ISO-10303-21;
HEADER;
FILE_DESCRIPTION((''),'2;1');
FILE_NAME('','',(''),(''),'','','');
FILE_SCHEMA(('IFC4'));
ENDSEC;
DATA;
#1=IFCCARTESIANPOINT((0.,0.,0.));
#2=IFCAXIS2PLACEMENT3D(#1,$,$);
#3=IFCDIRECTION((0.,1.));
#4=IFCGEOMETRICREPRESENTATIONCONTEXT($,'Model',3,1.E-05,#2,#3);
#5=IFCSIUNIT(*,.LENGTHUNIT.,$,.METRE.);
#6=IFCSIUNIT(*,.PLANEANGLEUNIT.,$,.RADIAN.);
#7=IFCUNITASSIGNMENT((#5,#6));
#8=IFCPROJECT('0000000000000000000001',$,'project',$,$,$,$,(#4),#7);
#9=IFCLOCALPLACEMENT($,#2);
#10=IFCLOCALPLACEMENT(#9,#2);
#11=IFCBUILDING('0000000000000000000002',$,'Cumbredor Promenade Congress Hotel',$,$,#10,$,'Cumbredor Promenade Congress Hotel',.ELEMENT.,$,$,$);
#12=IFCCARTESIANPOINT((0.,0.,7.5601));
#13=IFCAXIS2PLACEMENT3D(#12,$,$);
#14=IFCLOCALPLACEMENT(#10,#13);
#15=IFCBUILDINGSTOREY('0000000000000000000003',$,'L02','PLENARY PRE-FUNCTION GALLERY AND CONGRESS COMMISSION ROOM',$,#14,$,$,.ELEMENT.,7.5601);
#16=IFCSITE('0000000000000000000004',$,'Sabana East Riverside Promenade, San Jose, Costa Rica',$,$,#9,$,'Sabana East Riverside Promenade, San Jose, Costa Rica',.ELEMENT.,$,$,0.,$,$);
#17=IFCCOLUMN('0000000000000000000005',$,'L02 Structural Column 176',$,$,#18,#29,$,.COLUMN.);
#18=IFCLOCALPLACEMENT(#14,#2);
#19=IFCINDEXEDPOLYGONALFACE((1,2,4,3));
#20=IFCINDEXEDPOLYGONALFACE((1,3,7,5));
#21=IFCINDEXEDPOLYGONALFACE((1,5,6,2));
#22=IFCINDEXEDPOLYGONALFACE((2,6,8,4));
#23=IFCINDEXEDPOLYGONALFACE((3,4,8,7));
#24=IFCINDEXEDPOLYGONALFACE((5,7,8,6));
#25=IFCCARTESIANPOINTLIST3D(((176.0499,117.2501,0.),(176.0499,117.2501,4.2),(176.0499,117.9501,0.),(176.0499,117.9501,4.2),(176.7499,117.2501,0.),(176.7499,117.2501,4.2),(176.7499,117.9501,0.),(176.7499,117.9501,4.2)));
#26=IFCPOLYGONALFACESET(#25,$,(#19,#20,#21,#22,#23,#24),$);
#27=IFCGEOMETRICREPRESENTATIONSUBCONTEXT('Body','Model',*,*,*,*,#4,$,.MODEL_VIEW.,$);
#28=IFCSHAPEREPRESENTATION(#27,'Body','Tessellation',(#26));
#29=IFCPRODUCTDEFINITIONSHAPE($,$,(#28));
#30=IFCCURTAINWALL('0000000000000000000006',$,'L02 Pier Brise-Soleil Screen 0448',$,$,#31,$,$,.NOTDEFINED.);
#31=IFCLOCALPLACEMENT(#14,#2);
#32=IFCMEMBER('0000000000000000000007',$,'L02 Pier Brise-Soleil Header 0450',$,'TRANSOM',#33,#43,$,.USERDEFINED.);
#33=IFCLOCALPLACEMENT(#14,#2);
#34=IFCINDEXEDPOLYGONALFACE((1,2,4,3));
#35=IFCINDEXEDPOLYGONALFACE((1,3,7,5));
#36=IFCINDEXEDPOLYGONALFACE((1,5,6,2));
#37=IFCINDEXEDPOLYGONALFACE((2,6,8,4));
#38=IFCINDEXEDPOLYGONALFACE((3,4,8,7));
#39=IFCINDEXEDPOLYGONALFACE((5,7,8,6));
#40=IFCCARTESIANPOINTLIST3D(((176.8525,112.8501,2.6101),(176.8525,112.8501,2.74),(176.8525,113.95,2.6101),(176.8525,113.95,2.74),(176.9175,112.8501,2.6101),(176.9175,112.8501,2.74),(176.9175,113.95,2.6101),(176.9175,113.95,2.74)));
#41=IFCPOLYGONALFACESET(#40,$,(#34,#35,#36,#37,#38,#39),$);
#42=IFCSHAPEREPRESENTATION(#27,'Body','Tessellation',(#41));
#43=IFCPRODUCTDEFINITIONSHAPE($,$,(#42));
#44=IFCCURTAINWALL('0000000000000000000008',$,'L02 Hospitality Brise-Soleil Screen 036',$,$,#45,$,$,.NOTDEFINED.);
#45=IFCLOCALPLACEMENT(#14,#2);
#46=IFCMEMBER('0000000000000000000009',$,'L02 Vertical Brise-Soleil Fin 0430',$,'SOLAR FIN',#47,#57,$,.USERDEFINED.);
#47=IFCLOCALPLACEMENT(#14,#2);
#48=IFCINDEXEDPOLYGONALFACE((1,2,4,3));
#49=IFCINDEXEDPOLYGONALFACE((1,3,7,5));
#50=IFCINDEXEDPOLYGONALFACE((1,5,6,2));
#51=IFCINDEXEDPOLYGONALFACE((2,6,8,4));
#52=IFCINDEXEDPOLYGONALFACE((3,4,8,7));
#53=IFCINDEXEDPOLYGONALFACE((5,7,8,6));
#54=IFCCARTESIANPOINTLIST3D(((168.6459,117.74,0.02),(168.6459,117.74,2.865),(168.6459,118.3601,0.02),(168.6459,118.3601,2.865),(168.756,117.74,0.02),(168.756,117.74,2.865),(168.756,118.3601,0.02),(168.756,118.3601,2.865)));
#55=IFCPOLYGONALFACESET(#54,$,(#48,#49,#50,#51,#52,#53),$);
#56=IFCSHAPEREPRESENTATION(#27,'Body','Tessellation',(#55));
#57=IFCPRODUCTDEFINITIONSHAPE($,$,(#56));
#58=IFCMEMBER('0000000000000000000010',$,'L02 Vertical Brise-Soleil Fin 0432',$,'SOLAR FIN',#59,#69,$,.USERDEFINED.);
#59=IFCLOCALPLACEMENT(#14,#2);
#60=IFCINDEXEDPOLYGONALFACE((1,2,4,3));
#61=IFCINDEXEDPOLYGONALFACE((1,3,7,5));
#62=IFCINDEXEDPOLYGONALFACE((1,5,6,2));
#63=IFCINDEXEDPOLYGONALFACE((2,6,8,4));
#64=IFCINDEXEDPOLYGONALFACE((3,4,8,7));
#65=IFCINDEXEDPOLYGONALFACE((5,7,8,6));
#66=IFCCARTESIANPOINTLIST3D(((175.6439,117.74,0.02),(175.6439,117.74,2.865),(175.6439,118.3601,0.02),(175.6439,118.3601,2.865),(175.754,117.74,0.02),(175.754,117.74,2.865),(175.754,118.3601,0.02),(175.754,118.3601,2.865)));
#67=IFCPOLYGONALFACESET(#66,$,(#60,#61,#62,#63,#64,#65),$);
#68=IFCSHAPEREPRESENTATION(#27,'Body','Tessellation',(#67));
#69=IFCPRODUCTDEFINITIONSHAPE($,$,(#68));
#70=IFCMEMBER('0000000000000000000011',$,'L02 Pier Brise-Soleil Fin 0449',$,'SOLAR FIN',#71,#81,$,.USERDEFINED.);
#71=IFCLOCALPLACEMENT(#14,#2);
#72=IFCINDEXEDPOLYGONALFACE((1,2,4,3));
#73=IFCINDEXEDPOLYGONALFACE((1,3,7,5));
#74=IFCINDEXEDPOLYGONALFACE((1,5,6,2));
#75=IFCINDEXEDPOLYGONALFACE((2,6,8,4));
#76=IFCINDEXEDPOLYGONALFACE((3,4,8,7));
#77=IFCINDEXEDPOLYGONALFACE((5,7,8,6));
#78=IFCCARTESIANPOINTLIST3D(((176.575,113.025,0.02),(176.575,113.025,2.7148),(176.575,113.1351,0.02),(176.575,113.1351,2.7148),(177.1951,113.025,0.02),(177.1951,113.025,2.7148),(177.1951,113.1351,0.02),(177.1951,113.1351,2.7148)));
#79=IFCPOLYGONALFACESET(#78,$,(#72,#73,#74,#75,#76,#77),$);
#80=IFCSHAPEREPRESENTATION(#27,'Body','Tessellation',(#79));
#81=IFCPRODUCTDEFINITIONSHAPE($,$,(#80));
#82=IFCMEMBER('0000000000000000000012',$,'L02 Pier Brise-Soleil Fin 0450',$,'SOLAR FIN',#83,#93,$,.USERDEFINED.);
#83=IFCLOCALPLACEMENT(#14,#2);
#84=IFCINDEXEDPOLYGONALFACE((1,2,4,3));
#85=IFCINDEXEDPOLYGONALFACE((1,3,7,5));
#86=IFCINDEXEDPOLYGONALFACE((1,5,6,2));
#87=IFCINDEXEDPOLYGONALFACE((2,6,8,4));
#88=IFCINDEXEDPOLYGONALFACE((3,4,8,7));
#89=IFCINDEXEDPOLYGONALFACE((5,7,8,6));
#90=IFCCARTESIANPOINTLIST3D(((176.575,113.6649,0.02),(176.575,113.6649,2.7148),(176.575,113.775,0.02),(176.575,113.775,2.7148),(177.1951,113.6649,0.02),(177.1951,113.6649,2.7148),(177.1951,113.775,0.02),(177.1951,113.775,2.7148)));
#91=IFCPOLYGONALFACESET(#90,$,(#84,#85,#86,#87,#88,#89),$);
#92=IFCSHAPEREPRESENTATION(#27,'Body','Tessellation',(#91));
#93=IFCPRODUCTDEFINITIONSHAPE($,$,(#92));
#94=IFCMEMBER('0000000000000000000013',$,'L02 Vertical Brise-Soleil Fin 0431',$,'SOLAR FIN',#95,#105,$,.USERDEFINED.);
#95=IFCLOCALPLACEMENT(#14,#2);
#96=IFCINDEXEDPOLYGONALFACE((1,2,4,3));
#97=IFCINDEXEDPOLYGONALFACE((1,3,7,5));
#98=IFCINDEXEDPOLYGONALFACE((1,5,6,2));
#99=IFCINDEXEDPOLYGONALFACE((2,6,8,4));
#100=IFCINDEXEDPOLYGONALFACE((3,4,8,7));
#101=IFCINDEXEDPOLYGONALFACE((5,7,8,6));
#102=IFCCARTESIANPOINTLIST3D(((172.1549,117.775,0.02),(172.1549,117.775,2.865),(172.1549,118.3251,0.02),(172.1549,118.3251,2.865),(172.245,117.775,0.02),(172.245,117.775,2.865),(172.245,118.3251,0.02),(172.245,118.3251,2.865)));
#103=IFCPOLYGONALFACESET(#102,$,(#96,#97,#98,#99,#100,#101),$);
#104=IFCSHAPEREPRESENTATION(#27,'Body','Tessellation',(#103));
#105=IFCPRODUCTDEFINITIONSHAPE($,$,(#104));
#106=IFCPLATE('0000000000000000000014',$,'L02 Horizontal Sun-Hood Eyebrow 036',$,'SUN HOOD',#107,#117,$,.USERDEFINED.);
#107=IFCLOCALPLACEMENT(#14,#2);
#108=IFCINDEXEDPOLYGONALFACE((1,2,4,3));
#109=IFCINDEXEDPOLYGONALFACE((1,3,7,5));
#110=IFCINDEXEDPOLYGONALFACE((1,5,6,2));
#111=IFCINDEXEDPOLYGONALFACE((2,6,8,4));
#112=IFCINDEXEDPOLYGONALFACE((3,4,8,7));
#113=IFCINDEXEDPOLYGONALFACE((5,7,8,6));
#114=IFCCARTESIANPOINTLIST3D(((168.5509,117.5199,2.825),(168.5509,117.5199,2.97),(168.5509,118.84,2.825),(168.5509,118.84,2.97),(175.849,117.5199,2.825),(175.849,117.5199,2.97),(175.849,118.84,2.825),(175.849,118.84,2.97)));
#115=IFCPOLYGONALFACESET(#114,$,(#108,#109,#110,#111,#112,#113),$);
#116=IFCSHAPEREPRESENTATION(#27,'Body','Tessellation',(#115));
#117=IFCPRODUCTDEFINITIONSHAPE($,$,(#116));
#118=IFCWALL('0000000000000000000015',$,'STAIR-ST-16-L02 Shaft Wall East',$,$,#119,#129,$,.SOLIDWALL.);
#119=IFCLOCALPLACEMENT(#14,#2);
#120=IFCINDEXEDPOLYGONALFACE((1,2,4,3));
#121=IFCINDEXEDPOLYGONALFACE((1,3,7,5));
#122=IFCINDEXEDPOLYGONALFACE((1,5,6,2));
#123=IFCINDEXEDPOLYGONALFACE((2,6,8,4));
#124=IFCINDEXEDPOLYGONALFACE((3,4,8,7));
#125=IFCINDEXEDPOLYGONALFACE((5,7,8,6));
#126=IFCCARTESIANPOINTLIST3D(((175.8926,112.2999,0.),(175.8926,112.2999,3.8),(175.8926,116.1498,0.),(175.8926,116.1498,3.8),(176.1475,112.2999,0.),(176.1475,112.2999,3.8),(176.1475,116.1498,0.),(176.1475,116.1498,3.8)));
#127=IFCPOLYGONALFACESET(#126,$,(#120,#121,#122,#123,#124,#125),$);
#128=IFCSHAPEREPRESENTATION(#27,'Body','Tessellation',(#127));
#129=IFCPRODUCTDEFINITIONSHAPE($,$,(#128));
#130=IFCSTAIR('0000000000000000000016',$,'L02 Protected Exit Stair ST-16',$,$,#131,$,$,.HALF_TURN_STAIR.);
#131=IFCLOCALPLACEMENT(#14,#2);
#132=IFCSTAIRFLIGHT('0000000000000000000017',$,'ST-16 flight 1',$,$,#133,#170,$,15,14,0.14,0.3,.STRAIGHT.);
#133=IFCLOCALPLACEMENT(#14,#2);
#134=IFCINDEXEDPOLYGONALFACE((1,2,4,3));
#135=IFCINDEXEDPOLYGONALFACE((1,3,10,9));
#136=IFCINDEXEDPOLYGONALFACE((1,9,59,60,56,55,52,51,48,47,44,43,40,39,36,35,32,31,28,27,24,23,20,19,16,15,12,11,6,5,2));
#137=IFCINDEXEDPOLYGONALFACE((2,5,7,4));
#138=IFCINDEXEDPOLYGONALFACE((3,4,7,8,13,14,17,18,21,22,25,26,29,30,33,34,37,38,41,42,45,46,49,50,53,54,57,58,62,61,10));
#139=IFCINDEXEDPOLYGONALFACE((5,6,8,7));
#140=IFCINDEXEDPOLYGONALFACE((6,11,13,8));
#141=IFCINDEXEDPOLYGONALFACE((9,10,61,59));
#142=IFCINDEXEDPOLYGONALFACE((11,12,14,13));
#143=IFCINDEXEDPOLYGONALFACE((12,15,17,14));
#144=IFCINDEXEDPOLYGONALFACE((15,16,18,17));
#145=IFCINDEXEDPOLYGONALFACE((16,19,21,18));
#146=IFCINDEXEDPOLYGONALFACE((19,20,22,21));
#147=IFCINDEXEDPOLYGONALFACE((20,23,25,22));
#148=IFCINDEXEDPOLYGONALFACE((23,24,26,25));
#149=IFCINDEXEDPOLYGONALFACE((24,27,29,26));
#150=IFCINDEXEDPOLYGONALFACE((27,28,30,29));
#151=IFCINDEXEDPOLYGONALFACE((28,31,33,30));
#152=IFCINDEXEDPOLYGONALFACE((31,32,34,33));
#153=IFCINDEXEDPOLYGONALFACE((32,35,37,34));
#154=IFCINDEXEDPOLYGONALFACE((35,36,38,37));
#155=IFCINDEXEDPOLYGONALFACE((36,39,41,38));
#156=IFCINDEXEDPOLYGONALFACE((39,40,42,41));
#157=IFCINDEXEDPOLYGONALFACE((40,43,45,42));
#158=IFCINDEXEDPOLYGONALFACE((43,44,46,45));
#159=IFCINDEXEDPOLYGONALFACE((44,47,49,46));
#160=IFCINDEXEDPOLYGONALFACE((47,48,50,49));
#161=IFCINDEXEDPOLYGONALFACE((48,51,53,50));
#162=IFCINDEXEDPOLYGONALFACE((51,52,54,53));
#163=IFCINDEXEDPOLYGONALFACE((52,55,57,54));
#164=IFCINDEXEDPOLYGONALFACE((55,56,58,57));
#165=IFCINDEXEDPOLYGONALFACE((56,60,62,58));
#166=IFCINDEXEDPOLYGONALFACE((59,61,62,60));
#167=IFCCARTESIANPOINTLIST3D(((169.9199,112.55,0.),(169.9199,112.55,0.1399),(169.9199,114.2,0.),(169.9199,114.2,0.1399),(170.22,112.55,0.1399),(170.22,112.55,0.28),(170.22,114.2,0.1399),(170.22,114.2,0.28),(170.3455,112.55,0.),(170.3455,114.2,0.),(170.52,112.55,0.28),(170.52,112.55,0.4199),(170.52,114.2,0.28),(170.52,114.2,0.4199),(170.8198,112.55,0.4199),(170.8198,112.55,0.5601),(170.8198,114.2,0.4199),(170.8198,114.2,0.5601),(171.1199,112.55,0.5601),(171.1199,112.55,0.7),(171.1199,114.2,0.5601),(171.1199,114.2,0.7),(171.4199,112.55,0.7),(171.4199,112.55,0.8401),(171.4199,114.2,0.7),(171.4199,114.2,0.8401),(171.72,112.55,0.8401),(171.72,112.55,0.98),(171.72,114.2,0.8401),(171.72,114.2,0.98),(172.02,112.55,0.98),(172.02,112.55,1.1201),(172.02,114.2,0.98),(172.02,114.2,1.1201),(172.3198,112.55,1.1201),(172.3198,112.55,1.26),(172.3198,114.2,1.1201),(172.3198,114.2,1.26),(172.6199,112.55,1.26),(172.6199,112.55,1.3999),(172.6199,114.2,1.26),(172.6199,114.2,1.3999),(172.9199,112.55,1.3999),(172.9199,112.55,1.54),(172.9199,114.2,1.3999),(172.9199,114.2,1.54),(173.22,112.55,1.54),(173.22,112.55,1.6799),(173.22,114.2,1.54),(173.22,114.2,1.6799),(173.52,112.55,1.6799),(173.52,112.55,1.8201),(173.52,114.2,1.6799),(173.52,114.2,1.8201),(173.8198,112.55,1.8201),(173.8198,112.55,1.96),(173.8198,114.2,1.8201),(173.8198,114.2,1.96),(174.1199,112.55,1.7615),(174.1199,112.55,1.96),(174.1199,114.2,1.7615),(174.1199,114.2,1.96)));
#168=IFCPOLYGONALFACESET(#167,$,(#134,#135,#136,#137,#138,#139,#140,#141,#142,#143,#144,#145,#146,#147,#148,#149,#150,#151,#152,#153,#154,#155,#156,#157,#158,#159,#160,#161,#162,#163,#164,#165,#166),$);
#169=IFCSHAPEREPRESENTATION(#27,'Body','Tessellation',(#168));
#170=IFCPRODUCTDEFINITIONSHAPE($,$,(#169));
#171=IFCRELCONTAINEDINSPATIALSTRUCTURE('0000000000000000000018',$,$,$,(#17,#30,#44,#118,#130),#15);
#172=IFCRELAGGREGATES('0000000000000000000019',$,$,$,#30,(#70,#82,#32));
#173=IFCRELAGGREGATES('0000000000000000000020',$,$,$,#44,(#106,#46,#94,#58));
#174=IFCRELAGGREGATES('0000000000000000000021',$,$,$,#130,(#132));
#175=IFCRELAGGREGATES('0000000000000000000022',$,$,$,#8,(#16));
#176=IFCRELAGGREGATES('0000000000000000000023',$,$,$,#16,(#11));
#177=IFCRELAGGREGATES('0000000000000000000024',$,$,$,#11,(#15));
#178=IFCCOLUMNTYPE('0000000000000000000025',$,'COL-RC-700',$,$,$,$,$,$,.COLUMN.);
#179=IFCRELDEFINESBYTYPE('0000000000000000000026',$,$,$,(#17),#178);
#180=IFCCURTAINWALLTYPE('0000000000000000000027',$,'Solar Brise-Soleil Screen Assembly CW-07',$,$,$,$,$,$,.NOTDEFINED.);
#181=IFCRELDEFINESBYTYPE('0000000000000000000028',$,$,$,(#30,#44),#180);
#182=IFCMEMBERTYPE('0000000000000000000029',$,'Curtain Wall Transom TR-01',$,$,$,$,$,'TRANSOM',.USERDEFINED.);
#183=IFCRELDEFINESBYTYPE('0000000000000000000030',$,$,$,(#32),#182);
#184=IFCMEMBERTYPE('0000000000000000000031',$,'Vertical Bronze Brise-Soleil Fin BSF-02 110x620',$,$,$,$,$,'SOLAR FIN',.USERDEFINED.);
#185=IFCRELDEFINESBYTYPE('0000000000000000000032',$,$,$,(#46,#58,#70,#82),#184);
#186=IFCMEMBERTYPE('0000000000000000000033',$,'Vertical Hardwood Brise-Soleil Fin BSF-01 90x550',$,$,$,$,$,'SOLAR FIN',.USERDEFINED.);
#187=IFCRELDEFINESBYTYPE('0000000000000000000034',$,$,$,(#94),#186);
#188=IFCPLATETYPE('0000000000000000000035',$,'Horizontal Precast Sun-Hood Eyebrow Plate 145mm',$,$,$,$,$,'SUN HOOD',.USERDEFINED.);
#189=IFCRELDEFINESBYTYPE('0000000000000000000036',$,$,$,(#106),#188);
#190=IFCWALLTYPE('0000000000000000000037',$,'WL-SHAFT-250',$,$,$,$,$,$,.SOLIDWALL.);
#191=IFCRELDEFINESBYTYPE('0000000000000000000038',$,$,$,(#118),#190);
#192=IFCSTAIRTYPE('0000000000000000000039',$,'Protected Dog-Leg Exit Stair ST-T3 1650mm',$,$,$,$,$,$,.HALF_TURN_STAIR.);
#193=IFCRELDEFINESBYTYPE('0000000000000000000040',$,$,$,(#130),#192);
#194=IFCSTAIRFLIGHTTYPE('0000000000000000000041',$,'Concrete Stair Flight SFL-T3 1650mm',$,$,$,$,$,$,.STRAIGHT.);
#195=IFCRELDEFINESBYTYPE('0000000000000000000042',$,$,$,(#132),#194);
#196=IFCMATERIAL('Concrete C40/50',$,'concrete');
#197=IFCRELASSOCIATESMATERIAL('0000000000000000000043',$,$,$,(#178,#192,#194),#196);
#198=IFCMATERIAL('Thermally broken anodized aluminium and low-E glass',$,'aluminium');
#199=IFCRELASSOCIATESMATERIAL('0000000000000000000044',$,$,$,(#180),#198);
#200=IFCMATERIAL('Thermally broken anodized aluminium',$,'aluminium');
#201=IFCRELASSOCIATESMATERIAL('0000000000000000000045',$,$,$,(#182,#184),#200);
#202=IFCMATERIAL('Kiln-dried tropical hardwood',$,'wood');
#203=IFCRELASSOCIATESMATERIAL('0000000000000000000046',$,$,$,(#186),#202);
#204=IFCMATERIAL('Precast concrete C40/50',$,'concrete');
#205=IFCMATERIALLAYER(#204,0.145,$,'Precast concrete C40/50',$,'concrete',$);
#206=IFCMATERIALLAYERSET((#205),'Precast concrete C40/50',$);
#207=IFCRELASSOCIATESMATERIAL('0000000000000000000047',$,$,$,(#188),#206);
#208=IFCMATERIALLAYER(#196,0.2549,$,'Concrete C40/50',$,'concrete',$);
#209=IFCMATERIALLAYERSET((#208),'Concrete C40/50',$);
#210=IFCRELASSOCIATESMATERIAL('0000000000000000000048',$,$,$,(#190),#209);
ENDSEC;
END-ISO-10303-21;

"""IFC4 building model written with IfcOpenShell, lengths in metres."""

from ifc_helpers import new_model, si_unit, direction, frame, frame_2d, origin, origin_2d, place, context, subcontext, project, spatial, polyline, rectangle, outline, extrude, material, layer, layer_set, material_profile, profile_set, type_object, element, aggregate, save


model = new_model("IFC4")

# Units and contexts
model_context = context("Model", 3, precision=1e-05, world=origin(), true_north=direction((0.0, 1.0)))
body_context = subcontext(model_context, "Body", "Model", "MODEL_VIEW")
ifc_project = project(units=[si_unit("LENGTHUNIT", "METRE"), si_unit("PLANEANGLEUNIT", "RADIAN")], contexts=[model_context])

# Site, building, storey
site_placement = place(None, origin())
site = spatial("IfcSite", under=ifc_project, at=site_placement, Name="Sabana East Riverside Promenade, San Jose, Costa Rica", LongName="Sabana East Riverside Promenade, San Jose, Costa Rica", CompositionType="ELEMENT", RefElevation=0.0)
building_placement = place(site_placement, origin())
building = spatial("IfcBuilding", under=site, at=building_placement, Name="Cumbredor Promenade Congress Hotel", LongName="Cumbredor Promenade Congress Hotel", CompositionType="ELEMENT")
storey_placement = place(building_placement, frame((0.0, 0.0, 7.5601)))
storey = spatial("IfcBuildingStorey", under=building, at=storey_placement, Name="L02", Description="PLENARY PRE-FUNCTION GALLERY AND CONGRESS COMMISSION ROOM", CompositionType="ELEMENT", Elevation=7.5601)

# Column
ifc_material_1 = material(Name="Concrete C40/50", Category="concrete")
ifc_material_profile_1 = material_profile(ifc_material_1, rectangle(XDim=0.7, YDim=0.7, at=origin_2d()), Name="RC 700x700")
ifc_profile_set_1 = profile_set([ifc_material_profile_1], Name="Concrete C40/50")
column_type = type_object("IfcColumnType", Name="COL-RC-700", PredefinedType="COLUMN", material=ifc_profile_set_1)
column_placement = place(storey_placement, frame((176.3999, 117.6001, 0.0), z_axis=(0.0, 0.0, 1.0), x_axis=(1.0, 0.0, 0.0)))
element("IfcColumn", 1, at=column_placement, inside=storey, type_object=column_type, Name="L02 Structural Column 176", PredefinedType="COLUMN", context=body_context, shape_type="SweptSolid", body=[
    extrude(rectangle(XDim=0.7, YDim=0.7, at=origin_2d()), origin(), (0.0, 0.0, 1.0), 4.2),
])

# Curtain wall, member
ifc_material_2 = material(Name="Thermally broken anodized aluminium and low-E glass", Category="aluminium")
curtain_wall_type = type_object("IfcCurtainWallType", Name="Solar Brise-Soleil Screen Assembly CW-07", PredefinedType="NOTDEFINED", material=ifc_material_2)
curtain_wall_1_placement = place(storey_placement, origin())
curtain_wall_1 = element("IfcCurtainWall", 2, at=curtain_wall_1_placement, inside=storey, type_object=curtain_wall_type, Name="L02 Pier Brise-Soleil Screen 0448", PredefinedType="NOTDEFINED")
ifc_material_3 = material(Name="Thermally broken anodized aluminium", Category="aluminium")
ifc_material_profile_2 = material_profile(ifc_material_3, rectangle(XDim=0.0649, YDim=0.1299, at=origin_2d()), Name="ALU TRANSOM 65x130")
ifc_profile_set_2 = profile_set([ifc_material_profile_2], Name="Thermally broken anodized aluminium")
member_type_1 = type_object("IfcMemberType", Name="Curtain Wall Transom TR-01", ElementType="TRANSOM", PredefinedType="USERDEFINED", material=ifc_profile_set_2)
member_1_placement = place(storey_placement, frame((176.885, 112.8501, 2.675), z_axis=(0.0, 1.0, 0.0), x_axis=(-1.0, 0.0, 0.0)))
member_1 = element("IfcMember", 3, at=member_1_placement, type_object=member_type_1, Name="L02 Pier Brise-Soleil Header 0450", ObjectType="TRANSOM", PredefinedType="USERDEFINED", context=body_context, shape_type="SweptSolid", body=[
    extrude(rectangle(XDim=0.0649, YDim=0.1299, at=origin_2d()), origin(), (0.0, 0.0, 1.0), 1.0999),
])

# Curtain wall, members
curtain_wall_2_placement = place(storey_placement, origin())
curtain_wall_2 = element("IfcCurtainWall", 4, at=curtain_wall_2_placement, inside=storey, type_object=curtain_wall_type, Name="L02 Hospitality Brise-Soleil Screen 036", PredefinedType="NOTDEFINED")
ifc_material_profile_3 = material_profile(ifc_material_3, rectangle(XDim=0.1101, YDim=0.6201, at=origin_2d()), Name="ARCH FIN 110x620")
ifc_profile_set_3 = profile_set([ifc_material_profile_3], Name="Thermally broken anodized aluminium")
member_type_2 = type_object("IfcMemberType", Name="Vertical Bronze Brise-Soleil Fin BSF-02 110x620", ElementType="SOLAR FIN", PredefinedType="USERDEFINED", material=ifc_profile_set_3)
member_2_placement = place(storey_placement, frame((168.7009, 118.05, 0.02), z_axis=(0.0, 0.0, 1.0), x_axis=(1.0, 0.0, 0.0)))
member_2 = element("IfcMember", 5, at=member_2_placement, type_object=member_type_2, Name="L02 Vertical Brise-Soleil Fin 0430", ObjectType="SOLAR FIN", PredefinedType="USERDEFINED", context=body_context, shape_type="SweptSolid", body=[
    extrude(rectangle(XDim=0.1101, YDim=0.6201, at=origin_2d()), origin(), (0.0, 0.0, 1.0), 2.845),
])
member_3_placement = place(storey_placement, frame((175.699, 118.05, 0.02), z_axis=(0.0, 0.0, 1.0), x_axis=(1.0, 0.0, 0.0)))
member_3 = element("IfcMember", 6, at=member_3_placement, type_object=member_type_2, Name="L02 Vertical Brise-Soleil Fin 0432", ObjectType="SOLAR FIN", PredefinedType="USERDEFINED", context=body_context, shape_type="SweptSolid", body=[
    extrude(rectangle(XDim=0.1101, YDim=0.6201, at=origin_2d()), origin(), (0.0, 0.0, 1.0), 2.845),
])

# Members
member_4_placement = place(storey_placement, frame((176.885, 113.0801, 0.02), z_axis=(0.0, 0.0, 1.0), x_axis=(0.0, 1.0, 0.0)))
member_4 = element("IfcMember", 7, at=member_4_placement, type_object=member_type_2, Name="L02 Pier Brise-Soleil Fin 0449", ObjectType="SOLAR FIN", PredefinedType="USERDEFINED", context=body_context, shape_type="SweptSolid", body=[
    extrude(rectangle(XDim=0.1101, YDim=0.6201, at=origin_2d()), origin(), (0.0, 0.0, 1.0), 2.6948),
])
member_5_placement = place(storey_placement, frame((176.885, 113.72, 0.02), z_axis=(0.0, 0.0, 1.0), x_axis=(0.0, 1.0, 0.0)))
member_5 = element("IfcMember", 8, at=member_5_placement, type_object=member_type_2, Name="L02 Pier Brise-Soleil Fin 0450", ObjectType="SOLAR FIN", PredefinedType="USERDEFINED", context=body_context, shape_type="SweptSolid", body=[
    extrude(rectangle(XDim=0.1101, YDim=0.6201, at=origin_2d()), origin(), (0.0, 0.0, 1.0), 2.6948),
])
aggregate(curtain_wall_1, [member_4, member_5, member_1])
ifc_material_4 = material(Name="Kiln-dried tropical hardwood", Category="wood")
ifc_material_profile_4 = material_profile(ifc_material_4, rectangle(XDim=0.0901, YDim=0.55, at=origin_2d()), Name="ARCH FIN 90x550")
ifc_profile_set_4 = profile_set([ifc_material_profile_4], Name="Kiln-dried tropical hardwood")
member_type_3 = type_object("IfcMemberType", Name="Vertical Hardwood Brise-Soleil Fin BSF-01 90x550", ElementType="SOLAR FIN", PredefinedType="USERDEFINED", material=ifc_profile_set_4)
member_6_placement = place(storey_placement, frame((172.2, 118.05, 0.02), z_axis=(0.0, 0.0, 1.0), x_axis=(1.0, 0.0, 0.0)))
member_6 = element("IfcMember", 9, at=member_6_placement, type_object=member_type_3, Name="L02 Vertical Brise-Soleil Fin 0431", ObjectType="SOLAR FIN", PredefinedType="USERDEFINED", context=body_context, shape_type="SweptSolid", body=[
    extrude(rectangle(XDim=0.0901, YDim=0.55, at=origin_2d()), origin(), (0.0, 0.0, 1.0), 2.845),
])

# Plate
ifc_material_5 = material(Name="Precast concrete C40/50", Category="concrete")
ifc_layer_1 = layer(ifc_material_5, 0.145, Name="Precast concrete C40/50", Category="concrete")
ifc_layer_set_1 = layer_set([ifc_layer_1], Name="Precast concrete C40/50")
plate_type = type_object("IfcPlateType", Name="Horizontal Precast Sun-Hood Eyebrow Plate 145mm", ElementType="SUN HOOD", PredefinedType="USERDEFINED", material=ifc_layer_set_1)
plate_placement = place(storey_placement, frame((172.2, 118.1799, 2.825), z_axis=(0.0, 0.0, 1.0), x_axis=(1.0, 0.0, 0.0)))
plate = element("IfcPlate", 10, at=plate_placement, type_object=plate_type, Name="L02 Horizontal Sun-Hood Eyebrow 036", ObjectType="SUN HOOD", PredefinedType="USERDEFINED", context=body_context, shape_type="SweptSolid", body=[
    extrude(rectangle(XDim=7.2981, YDim=1.3201, at=origin_2d()), origin(), (0.0, 0.0, 1.0), 0.145),
])
aggregate(curtain_wall_2, [plate, member_2, member_6, member_3])

# Wall
ifc_layer_2 = layer(ifc_material_1, 0.2549, Name="Concrete C40/50", Category="concrete")
ifc_layer_set_2 = layer_set([ifc_layer_2], Name="Concrete C40/50")
wall_type = type_object("IfcWallType", Name="WL-SHAFT-250", PredefinedType="SOLIDWALL", material=ifc_layer_set_2)
wall_placement = place(storey_placement, frame((176.02, 112.3, 0.0), z_axis=(0.0, 0.0, 1.0), x_axis=(0.0, 1.0, 0.0)))
element("IfcWall", 11, at=wall_placement, inside=storey, type_object=wall_type, Name="STAIR-ST-16-L02 Shaft Wall East", PredefinedType="SOLIDWALL", context=body_context, shape_type="SweptSolid", body=[
    extrude(rectangle(XDim=3.8499, YDim=0.2549, at=frame_2d((1.9248, 0.0))), origin(), (0.0, 0.0, 1.0), 3.8),
])

# Stair, stair flight
stair_type = type_object("IfcStairType", Name="Protected Dog-Leg Exit Stair ST-T3 1650mm", PredefinedType="HALF_TURN_STAIR", material=ifc_material_1)
stair_placement = place(storey_placement, origin())
stair = element("IfcStair", 12, at=stair_placement, inside=storey, type_object=stair_type, Name="L02 Protected Exit Stair ST-16", PredefinedType="HALF_TURN_STAIR")
stair_flight_type = type_object("IfcStairFlightType", Name="Concrete Stair Flight SFL-T3 1650mm", PredefinedType="STRAIGHT", material=ifc_material_1)
stair_flight_1_placement = place(storey_placement, frame((169.9199, 113.375, 0.0), z_axis=(0.0, 0.0, 1.0), x_axis=(1.0, 0.0, 0.0)))
stair_flight_1 = element("IfcStairFlight", 13, at=stair_flight_1_placement, type_object=stair_flight_type, Name="ST-16 flight 1", NumberOfRisers=15, NumberOfTreads=14, PredefinedType="STRAIGHT", RiserHeight=0.14, TreadLength=0.3, context=body_context, shape_type="SweptSolid", body=[
    extrude(outline(polyline([(0.0, 0.0), (0.0, 0.1399), (0.3, 0.1399), (0.3, 0.28), (0.6001, 0.28), (0.6001, 0.4199), (0.8999, 0.4199), (0.8999, 0.5601), (1.2, 0.5601), (1.2, 0.7), (1.5, 0.7), (1.5, 0.8401), (1.8, 0.8401), (1.8, 0.98), (2.1001, 0.98), (2.1001, 1.1201), (2.3999, 1.1201), (2.3999, 1.26), (2.7, 1.26), (2.7, 1.3999), (3.0, 1.3999), (3.0, 1.54), (3.3, 1.54), (3.3, 1.6799), (3.6001, 1.6799), (3.6001, 1.8201), (3.8999, 1.8201), (3.8999, 1.96), (4.2, 1.96), (4.2, 2.1001), (4.2, 1.7615), (0.4255, 0.0), (0.0, 0.0)])), frame((0.0, 0.825, 0.0), z_axis=(0.0, -1.0, 0.0), x_axis=(1.0, 0.0, 0.0)), (0.0, 0.0, 1.0), 1.6499),
])
aggregate(stair, [stair_flight_1])

save(model, "model.ifc")
